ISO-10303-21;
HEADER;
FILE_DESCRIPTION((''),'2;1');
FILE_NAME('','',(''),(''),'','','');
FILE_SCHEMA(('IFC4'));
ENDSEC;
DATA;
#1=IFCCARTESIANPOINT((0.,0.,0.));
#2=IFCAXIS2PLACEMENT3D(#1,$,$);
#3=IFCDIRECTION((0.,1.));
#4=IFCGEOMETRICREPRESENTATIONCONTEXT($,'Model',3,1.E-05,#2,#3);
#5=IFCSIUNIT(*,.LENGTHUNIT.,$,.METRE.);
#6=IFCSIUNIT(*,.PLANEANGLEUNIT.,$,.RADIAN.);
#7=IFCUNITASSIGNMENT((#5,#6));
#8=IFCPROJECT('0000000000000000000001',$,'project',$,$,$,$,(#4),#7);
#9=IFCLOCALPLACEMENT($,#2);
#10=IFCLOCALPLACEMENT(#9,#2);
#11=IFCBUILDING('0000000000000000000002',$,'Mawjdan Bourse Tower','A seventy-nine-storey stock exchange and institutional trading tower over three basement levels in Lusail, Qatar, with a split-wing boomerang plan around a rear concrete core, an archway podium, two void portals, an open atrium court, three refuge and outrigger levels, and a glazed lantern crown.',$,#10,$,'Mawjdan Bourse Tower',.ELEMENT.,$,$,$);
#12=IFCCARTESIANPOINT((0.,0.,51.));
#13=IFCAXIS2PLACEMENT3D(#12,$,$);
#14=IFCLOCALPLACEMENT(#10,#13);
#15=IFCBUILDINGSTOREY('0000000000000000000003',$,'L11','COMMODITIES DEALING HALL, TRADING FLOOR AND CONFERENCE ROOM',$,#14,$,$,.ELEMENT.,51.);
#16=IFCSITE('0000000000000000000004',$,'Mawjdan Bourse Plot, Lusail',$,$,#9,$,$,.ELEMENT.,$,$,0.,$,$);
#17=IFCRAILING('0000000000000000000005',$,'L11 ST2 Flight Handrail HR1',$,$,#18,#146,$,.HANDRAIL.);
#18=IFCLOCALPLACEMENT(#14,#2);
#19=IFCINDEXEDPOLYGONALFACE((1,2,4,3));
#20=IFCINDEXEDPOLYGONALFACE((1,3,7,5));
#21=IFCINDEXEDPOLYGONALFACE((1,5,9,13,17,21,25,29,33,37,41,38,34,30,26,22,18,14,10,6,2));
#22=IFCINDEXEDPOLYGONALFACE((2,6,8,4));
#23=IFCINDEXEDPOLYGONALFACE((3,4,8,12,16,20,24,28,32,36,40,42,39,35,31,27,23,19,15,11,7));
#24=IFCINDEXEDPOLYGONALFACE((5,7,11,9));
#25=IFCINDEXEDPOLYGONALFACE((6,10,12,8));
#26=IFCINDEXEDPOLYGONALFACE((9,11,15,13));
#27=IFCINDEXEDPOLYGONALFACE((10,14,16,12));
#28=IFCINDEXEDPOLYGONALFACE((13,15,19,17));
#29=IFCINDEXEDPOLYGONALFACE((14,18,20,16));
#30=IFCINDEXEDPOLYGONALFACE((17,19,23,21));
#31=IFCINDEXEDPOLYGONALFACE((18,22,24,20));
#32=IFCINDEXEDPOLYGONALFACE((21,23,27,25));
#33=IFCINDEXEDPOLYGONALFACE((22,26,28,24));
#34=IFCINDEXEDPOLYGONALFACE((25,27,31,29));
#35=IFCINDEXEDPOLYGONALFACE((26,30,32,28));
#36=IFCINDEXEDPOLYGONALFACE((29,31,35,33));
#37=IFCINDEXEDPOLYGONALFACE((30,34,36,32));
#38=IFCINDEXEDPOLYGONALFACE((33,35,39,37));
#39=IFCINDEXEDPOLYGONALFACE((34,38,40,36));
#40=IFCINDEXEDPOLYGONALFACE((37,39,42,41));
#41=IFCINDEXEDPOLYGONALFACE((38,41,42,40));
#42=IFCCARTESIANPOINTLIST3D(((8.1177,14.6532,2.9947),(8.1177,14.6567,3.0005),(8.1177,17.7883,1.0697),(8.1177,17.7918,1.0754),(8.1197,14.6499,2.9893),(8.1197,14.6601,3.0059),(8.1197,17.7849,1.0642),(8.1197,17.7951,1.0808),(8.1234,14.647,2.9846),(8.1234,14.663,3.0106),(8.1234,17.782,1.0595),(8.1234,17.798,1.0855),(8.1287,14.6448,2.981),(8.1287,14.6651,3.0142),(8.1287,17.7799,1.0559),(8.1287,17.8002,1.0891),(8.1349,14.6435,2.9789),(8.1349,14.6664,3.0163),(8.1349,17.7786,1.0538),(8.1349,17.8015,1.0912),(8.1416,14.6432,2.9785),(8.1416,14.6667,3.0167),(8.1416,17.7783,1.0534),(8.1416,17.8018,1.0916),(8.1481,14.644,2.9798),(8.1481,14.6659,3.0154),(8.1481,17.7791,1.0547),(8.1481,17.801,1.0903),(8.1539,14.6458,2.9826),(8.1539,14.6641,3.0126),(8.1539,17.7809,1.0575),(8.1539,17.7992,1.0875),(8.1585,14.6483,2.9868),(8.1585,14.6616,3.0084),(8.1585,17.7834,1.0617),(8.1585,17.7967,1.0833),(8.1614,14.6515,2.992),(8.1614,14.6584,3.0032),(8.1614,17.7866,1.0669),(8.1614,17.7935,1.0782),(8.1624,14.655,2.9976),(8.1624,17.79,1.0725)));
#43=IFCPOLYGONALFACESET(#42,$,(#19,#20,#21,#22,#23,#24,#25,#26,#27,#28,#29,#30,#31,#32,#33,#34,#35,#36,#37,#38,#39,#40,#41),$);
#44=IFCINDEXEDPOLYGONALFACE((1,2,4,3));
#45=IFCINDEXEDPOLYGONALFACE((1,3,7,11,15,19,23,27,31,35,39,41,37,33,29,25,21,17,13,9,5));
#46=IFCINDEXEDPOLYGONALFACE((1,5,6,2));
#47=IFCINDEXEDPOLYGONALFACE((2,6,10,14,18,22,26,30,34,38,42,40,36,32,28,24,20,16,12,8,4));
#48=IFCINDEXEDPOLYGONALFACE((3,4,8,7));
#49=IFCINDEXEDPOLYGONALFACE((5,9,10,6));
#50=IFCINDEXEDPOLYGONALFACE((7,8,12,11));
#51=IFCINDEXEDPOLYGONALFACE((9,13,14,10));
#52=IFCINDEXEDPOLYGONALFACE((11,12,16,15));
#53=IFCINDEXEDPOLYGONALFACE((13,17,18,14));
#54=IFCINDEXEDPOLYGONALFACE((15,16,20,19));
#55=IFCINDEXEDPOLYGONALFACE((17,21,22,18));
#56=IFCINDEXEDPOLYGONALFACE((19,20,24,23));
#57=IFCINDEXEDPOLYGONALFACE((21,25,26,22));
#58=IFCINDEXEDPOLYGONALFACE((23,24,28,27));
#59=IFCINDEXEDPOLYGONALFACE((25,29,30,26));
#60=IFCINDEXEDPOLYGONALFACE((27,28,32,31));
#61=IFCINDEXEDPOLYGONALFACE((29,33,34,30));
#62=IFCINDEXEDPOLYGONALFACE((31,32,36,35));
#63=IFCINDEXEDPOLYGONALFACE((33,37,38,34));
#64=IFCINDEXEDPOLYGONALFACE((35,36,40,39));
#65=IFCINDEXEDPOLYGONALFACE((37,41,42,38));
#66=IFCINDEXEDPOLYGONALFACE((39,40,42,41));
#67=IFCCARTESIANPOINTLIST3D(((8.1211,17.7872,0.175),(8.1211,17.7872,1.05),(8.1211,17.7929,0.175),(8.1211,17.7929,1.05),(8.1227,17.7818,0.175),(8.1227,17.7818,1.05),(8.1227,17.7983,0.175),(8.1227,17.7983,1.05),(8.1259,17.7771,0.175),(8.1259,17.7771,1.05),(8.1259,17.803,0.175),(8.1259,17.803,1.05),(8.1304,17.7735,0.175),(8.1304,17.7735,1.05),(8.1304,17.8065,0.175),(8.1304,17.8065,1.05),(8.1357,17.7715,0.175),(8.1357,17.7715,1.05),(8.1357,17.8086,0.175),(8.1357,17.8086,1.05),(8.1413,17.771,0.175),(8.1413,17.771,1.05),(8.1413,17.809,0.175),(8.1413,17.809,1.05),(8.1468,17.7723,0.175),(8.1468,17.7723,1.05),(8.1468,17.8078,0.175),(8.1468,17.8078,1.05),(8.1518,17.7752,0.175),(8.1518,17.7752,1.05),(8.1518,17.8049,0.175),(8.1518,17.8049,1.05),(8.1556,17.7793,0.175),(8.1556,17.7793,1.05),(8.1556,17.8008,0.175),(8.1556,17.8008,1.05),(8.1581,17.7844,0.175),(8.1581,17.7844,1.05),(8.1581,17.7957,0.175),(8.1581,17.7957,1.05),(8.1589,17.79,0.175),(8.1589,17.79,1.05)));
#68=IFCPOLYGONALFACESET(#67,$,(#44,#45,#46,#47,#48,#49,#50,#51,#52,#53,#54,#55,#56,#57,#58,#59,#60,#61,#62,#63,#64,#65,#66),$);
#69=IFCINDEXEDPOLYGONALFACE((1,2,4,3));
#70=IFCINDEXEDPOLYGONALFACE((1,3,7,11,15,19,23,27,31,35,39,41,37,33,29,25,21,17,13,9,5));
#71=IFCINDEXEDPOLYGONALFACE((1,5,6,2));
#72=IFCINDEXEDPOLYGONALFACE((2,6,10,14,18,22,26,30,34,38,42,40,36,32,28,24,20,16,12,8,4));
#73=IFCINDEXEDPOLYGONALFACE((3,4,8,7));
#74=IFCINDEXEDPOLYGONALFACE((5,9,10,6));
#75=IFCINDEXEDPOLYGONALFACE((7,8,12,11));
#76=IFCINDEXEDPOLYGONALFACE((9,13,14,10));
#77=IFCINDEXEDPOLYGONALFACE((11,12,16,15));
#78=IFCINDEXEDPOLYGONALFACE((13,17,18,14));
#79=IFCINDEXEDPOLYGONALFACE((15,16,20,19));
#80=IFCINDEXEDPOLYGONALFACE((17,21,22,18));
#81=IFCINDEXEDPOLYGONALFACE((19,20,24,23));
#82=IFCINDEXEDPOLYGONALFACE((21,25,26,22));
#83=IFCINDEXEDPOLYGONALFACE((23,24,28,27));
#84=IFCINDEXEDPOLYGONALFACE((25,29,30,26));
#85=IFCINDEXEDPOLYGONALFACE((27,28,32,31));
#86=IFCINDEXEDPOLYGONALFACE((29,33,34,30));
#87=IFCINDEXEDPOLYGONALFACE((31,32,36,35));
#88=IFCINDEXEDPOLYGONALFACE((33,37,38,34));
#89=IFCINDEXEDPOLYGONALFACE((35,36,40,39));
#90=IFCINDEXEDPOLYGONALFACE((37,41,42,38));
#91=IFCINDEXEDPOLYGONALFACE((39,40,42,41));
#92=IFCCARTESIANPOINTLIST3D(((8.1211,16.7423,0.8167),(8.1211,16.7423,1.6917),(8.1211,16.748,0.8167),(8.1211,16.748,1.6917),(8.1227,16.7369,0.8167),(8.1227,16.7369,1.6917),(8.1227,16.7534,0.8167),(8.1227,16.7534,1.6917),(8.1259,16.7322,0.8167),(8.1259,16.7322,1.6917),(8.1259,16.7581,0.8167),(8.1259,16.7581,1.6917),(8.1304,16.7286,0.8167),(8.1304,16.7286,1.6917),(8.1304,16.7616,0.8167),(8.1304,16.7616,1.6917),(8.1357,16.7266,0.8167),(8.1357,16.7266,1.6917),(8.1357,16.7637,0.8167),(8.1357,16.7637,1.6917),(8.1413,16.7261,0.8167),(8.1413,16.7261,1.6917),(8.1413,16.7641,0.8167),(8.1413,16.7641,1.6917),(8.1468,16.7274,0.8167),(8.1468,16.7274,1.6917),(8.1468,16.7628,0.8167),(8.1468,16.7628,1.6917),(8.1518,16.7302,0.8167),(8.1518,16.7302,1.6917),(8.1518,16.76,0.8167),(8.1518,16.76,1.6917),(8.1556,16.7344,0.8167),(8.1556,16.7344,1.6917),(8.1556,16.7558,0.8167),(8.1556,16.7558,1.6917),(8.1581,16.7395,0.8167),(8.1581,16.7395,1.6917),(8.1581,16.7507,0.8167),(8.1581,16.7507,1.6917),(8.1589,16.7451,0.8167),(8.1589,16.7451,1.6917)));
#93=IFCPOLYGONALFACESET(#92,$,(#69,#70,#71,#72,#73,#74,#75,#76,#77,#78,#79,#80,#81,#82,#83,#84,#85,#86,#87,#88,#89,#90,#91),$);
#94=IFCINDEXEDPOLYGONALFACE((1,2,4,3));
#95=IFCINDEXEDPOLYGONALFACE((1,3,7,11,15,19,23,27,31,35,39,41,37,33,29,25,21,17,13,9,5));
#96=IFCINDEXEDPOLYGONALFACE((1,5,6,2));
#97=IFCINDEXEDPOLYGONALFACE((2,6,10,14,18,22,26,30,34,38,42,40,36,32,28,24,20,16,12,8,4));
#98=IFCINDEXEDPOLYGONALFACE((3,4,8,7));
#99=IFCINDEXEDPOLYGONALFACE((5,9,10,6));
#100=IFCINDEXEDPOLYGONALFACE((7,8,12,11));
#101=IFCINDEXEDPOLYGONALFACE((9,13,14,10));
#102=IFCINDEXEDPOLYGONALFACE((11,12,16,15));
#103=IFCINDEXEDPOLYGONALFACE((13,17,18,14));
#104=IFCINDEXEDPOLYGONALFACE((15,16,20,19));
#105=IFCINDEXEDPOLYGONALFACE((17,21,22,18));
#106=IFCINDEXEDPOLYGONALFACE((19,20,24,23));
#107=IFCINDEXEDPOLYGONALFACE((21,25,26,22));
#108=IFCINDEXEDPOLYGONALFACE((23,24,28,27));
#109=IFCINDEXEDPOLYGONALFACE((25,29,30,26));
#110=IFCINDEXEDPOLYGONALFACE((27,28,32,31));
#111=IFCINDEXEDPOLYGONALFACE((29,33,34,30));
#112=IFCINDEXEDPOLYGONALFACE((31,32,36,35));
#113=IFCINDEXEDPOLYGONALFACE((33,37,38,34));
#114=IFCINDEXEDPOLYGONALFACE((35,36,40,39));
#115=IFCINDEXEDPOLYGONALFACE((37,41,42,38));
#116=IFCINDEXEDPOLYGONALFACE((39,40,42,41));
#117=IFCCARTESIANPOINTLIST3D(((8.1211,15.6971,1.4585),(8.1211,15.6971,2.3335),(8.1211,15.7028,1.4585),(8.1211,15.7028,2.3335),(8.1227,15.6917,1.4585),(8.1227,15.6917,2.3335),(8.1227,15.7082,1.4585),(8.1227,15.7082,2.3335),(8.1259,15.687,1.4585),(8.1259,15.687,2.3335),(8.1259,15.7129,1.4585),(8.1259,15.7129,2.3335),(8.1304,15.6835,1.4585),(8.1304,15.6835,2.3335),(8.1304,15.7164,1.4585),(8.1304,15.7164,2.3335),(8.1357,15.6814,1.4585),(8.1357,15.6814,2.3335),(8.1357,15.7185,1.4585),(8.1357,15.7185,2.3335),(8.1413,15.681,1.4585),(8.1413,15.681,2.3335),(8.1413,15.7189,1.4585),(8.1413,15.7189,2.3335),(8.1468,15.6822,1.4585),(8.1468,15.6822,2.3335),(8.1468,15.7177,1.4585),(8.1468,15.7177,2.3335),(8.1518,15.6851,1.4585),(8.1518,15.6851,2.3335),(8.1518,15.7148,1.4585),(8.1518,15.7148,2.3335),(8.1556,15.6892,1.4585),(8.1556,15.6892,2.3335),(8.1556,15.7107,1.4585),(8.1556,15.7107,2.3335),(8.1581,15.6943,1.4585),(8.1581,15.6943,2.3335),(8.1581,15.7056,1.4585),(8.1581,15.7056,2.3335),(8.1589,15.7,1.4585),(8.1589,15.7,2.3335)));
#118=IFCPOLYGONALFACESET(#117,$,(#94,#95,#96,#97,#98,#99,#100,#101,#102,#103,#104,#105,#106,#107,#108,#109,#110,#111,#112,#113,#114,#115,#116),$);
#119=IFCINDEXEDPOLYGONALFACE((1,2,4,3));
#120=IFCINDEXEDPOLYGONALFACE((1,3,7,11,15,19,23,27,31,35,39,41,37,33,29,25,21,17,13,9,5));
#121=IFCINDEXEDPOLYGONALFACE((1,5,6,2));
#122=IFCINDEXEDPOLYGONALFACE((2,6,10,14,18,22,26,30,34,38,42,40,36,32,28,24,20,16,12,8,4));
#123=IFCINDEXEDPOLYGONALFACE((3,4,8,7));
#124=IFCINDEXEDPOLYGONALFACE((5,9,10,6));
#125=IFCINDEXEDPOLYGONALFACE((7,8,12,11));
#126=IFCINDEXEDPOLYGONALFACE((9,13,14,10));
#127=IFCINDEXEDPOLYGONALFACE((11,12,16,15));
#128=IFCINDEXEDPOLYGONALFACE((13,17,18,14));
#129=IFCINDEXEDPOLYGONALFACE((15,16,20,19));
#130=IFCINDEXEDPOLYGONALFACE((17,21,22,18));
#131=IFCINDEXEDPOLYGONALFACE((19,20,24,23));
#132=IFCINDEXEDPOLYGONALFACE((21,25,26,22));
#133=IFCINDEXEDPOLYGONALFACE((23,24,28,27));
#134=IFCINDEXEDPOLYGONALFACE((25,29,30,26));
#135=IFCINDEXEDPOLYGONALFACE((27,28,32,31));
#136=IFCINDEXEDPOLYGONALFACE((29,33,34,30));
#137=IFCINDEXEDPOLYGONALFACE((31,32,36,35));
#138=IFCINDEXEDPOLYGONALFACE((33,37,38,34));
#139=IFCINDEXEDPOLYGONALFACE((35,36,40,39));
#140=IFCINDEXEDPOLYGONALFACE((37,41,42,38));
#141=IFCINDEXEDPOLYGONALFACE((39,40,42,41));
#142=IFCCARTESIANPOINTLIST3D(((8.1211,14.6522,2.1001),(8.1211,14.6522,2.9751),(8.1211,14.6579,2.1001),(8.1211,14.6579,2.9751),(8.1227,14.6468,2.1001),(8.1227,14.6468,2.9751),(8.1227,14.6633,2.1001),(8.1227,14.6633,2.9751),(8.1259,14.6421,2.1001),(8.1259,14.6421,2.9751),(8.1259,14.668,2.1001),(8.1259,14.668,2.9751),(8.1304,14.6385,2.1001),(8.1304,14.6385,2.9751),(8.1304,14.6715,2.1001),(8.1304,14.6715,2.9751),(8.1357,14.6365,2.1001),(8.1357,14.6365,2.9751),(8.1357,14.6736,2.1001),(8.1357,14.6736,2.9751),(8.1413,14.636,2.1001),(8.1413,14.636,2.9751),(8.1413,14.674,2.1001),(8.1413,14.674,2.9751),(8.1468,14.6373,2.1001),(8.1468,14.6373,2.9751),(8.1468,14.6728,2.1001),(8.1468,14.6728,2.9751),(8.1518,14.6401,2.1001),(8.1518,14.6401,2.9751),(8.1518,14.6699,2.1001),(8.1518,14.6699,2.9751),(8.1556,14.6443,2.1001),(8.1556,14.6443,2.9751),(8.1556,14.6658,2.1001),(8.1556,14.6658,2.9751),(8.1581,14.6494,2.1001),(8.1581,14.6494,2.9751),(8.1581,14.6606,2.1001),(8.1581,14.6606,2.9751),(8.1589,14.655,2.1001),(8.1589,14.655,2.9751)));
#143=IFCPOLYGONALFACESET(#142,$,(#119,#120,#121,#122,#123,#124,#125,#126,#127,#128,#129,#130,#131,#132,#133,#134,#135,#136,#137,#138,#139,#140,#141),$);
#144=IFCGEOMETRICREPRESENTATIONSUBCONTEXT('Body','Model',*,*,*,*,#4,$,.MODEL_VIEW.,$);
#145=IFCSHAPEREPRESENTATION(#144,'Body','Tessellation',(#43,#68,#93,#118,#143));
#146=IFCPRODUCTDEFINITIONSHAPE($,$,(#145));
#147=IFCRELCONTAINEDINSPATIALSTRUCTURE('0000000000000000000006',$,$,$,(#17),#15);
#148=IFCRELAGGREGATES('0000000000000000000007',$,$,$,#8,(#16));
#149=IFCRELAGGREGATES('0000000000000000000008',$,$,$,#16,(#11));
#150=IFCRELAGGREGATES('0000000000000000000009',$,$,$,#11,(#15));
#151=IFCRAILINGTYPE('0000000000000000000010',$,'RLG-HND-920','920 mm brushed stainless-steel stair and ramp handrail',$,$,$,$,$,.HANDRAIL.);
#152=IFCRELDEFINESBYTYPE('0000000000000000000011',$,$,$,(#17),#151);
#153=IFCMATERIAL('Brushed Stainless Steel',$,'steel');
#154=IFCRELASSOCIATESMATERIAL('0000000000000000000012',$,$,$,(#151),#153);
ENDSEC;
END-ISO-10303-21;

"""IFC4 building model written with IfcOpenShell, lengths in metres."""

from ifc_helpers import new_model, si_unit, direction, frame, origin, origin_2d, place, context, subcontext, project, spatial, circle, extrude, material, type_object, element, save


model = new_model("IFC4")

# Units and contexts
model_context = context("Model", 3, precision=1e-05, world=origin(), true_north=direction((0.0, 1.0)))
body_context = subcontext(model_context, "Body", "Model", "MODEL_VIEW")
ifc_project = project(units=[si_unit("LENGTHUNIT", "METRE"), si_unit("PLANEANGLEUNIT", "RADIAN")], contexts=[model_context])

# Site, building, storey
site_placement = place(None, origin())
site = spatial("IfcSite", under=ifc_project, at=site_placement, Name="Mawjdan Bourse Plot, Lusail", CompositionType="ELEMENT", RefElevation=0.0)
building_placement = place(site_placement, origin())
building = spatial("IfcBuilding", under=site, at=building_placement, Name="Mawjdan Bourse Tower", Description="A seventy-nine-storey stock exchange and institutional trading tower over three basement levels in Lusail, Qatar, with a split-wing boomerang plan around a rear concrete core, an archway podium, two void portals, an open atrium court, three refuge and outrigger levels, and a glazed lantern crown.", LongName="Mawjdan Bourse Tower", CompositionType="ELEMENT")
storey_placement = place(building_placement, frame((0.0, 0.0, 51.0)))
storey = spatial("IfcBuildingStorey", under=building, at=storey_placement, Name="L11", Description="COMMODITIES DEALING HALL, TRADING FLOOR AND CONFERENCE ROOM", CompositionType="ELEMENT", Elevation=51.0)

# Railing
ifc_material_1 = material(Name="Brushed Stainless Steel", Category="steel")
railing_type_1 = type_object("IfcRailingType", Name="RLG-HND-920", Description="920 mm brushed stainless-steel stair and ramp handrail", PredefinedType="HANDRAIL", material=ifc_material_1)
railing_1_placement = place(storey_placement, frame((8.1399, 17.79, 0.175)))
element("IfcRailing", 1, at=railing_1_placement, inside=storey, type_object=railing_type_1, Name="L11 ST2 Flight Handrail HR1", PredefinedType="HANDRAIL", context=body_context, shape_type="SweptSolid", body=[
    extrude(circle(Radius=0.0225, at=origin_2d()), frame((0.0, 0.0, 0.8975), z_axis=(0.0, -0.852166, 0.523271), x_axis=(1.0, 0.0, 0.0)), (0.0, 0.0, 1.0), 3.679),
    extrude(circle(Radius=0.019, at=origin_2d()), origin(), (0.0, 0.0, 1.0), 0.875),
    extrude(circle(Radius=0.019, at=origin_2d()), frame((0.0, -1.0449, 0.6416)), (0.0, 0.0, 1.0), 0.875),
    extrude(circle(Radius=0.019, at=origin_2d()), frame((0.0, -2.0901, 1.2834)), (0.0, 0.0, 1.0), 0.875),
    extrude(circle(Radius=0.019, at=origin_2d()), frame((0.0, -3.135, 1.925)), (0.0, 0.0, 1.0), 0.875),
])

save(model, "model.ifc")
